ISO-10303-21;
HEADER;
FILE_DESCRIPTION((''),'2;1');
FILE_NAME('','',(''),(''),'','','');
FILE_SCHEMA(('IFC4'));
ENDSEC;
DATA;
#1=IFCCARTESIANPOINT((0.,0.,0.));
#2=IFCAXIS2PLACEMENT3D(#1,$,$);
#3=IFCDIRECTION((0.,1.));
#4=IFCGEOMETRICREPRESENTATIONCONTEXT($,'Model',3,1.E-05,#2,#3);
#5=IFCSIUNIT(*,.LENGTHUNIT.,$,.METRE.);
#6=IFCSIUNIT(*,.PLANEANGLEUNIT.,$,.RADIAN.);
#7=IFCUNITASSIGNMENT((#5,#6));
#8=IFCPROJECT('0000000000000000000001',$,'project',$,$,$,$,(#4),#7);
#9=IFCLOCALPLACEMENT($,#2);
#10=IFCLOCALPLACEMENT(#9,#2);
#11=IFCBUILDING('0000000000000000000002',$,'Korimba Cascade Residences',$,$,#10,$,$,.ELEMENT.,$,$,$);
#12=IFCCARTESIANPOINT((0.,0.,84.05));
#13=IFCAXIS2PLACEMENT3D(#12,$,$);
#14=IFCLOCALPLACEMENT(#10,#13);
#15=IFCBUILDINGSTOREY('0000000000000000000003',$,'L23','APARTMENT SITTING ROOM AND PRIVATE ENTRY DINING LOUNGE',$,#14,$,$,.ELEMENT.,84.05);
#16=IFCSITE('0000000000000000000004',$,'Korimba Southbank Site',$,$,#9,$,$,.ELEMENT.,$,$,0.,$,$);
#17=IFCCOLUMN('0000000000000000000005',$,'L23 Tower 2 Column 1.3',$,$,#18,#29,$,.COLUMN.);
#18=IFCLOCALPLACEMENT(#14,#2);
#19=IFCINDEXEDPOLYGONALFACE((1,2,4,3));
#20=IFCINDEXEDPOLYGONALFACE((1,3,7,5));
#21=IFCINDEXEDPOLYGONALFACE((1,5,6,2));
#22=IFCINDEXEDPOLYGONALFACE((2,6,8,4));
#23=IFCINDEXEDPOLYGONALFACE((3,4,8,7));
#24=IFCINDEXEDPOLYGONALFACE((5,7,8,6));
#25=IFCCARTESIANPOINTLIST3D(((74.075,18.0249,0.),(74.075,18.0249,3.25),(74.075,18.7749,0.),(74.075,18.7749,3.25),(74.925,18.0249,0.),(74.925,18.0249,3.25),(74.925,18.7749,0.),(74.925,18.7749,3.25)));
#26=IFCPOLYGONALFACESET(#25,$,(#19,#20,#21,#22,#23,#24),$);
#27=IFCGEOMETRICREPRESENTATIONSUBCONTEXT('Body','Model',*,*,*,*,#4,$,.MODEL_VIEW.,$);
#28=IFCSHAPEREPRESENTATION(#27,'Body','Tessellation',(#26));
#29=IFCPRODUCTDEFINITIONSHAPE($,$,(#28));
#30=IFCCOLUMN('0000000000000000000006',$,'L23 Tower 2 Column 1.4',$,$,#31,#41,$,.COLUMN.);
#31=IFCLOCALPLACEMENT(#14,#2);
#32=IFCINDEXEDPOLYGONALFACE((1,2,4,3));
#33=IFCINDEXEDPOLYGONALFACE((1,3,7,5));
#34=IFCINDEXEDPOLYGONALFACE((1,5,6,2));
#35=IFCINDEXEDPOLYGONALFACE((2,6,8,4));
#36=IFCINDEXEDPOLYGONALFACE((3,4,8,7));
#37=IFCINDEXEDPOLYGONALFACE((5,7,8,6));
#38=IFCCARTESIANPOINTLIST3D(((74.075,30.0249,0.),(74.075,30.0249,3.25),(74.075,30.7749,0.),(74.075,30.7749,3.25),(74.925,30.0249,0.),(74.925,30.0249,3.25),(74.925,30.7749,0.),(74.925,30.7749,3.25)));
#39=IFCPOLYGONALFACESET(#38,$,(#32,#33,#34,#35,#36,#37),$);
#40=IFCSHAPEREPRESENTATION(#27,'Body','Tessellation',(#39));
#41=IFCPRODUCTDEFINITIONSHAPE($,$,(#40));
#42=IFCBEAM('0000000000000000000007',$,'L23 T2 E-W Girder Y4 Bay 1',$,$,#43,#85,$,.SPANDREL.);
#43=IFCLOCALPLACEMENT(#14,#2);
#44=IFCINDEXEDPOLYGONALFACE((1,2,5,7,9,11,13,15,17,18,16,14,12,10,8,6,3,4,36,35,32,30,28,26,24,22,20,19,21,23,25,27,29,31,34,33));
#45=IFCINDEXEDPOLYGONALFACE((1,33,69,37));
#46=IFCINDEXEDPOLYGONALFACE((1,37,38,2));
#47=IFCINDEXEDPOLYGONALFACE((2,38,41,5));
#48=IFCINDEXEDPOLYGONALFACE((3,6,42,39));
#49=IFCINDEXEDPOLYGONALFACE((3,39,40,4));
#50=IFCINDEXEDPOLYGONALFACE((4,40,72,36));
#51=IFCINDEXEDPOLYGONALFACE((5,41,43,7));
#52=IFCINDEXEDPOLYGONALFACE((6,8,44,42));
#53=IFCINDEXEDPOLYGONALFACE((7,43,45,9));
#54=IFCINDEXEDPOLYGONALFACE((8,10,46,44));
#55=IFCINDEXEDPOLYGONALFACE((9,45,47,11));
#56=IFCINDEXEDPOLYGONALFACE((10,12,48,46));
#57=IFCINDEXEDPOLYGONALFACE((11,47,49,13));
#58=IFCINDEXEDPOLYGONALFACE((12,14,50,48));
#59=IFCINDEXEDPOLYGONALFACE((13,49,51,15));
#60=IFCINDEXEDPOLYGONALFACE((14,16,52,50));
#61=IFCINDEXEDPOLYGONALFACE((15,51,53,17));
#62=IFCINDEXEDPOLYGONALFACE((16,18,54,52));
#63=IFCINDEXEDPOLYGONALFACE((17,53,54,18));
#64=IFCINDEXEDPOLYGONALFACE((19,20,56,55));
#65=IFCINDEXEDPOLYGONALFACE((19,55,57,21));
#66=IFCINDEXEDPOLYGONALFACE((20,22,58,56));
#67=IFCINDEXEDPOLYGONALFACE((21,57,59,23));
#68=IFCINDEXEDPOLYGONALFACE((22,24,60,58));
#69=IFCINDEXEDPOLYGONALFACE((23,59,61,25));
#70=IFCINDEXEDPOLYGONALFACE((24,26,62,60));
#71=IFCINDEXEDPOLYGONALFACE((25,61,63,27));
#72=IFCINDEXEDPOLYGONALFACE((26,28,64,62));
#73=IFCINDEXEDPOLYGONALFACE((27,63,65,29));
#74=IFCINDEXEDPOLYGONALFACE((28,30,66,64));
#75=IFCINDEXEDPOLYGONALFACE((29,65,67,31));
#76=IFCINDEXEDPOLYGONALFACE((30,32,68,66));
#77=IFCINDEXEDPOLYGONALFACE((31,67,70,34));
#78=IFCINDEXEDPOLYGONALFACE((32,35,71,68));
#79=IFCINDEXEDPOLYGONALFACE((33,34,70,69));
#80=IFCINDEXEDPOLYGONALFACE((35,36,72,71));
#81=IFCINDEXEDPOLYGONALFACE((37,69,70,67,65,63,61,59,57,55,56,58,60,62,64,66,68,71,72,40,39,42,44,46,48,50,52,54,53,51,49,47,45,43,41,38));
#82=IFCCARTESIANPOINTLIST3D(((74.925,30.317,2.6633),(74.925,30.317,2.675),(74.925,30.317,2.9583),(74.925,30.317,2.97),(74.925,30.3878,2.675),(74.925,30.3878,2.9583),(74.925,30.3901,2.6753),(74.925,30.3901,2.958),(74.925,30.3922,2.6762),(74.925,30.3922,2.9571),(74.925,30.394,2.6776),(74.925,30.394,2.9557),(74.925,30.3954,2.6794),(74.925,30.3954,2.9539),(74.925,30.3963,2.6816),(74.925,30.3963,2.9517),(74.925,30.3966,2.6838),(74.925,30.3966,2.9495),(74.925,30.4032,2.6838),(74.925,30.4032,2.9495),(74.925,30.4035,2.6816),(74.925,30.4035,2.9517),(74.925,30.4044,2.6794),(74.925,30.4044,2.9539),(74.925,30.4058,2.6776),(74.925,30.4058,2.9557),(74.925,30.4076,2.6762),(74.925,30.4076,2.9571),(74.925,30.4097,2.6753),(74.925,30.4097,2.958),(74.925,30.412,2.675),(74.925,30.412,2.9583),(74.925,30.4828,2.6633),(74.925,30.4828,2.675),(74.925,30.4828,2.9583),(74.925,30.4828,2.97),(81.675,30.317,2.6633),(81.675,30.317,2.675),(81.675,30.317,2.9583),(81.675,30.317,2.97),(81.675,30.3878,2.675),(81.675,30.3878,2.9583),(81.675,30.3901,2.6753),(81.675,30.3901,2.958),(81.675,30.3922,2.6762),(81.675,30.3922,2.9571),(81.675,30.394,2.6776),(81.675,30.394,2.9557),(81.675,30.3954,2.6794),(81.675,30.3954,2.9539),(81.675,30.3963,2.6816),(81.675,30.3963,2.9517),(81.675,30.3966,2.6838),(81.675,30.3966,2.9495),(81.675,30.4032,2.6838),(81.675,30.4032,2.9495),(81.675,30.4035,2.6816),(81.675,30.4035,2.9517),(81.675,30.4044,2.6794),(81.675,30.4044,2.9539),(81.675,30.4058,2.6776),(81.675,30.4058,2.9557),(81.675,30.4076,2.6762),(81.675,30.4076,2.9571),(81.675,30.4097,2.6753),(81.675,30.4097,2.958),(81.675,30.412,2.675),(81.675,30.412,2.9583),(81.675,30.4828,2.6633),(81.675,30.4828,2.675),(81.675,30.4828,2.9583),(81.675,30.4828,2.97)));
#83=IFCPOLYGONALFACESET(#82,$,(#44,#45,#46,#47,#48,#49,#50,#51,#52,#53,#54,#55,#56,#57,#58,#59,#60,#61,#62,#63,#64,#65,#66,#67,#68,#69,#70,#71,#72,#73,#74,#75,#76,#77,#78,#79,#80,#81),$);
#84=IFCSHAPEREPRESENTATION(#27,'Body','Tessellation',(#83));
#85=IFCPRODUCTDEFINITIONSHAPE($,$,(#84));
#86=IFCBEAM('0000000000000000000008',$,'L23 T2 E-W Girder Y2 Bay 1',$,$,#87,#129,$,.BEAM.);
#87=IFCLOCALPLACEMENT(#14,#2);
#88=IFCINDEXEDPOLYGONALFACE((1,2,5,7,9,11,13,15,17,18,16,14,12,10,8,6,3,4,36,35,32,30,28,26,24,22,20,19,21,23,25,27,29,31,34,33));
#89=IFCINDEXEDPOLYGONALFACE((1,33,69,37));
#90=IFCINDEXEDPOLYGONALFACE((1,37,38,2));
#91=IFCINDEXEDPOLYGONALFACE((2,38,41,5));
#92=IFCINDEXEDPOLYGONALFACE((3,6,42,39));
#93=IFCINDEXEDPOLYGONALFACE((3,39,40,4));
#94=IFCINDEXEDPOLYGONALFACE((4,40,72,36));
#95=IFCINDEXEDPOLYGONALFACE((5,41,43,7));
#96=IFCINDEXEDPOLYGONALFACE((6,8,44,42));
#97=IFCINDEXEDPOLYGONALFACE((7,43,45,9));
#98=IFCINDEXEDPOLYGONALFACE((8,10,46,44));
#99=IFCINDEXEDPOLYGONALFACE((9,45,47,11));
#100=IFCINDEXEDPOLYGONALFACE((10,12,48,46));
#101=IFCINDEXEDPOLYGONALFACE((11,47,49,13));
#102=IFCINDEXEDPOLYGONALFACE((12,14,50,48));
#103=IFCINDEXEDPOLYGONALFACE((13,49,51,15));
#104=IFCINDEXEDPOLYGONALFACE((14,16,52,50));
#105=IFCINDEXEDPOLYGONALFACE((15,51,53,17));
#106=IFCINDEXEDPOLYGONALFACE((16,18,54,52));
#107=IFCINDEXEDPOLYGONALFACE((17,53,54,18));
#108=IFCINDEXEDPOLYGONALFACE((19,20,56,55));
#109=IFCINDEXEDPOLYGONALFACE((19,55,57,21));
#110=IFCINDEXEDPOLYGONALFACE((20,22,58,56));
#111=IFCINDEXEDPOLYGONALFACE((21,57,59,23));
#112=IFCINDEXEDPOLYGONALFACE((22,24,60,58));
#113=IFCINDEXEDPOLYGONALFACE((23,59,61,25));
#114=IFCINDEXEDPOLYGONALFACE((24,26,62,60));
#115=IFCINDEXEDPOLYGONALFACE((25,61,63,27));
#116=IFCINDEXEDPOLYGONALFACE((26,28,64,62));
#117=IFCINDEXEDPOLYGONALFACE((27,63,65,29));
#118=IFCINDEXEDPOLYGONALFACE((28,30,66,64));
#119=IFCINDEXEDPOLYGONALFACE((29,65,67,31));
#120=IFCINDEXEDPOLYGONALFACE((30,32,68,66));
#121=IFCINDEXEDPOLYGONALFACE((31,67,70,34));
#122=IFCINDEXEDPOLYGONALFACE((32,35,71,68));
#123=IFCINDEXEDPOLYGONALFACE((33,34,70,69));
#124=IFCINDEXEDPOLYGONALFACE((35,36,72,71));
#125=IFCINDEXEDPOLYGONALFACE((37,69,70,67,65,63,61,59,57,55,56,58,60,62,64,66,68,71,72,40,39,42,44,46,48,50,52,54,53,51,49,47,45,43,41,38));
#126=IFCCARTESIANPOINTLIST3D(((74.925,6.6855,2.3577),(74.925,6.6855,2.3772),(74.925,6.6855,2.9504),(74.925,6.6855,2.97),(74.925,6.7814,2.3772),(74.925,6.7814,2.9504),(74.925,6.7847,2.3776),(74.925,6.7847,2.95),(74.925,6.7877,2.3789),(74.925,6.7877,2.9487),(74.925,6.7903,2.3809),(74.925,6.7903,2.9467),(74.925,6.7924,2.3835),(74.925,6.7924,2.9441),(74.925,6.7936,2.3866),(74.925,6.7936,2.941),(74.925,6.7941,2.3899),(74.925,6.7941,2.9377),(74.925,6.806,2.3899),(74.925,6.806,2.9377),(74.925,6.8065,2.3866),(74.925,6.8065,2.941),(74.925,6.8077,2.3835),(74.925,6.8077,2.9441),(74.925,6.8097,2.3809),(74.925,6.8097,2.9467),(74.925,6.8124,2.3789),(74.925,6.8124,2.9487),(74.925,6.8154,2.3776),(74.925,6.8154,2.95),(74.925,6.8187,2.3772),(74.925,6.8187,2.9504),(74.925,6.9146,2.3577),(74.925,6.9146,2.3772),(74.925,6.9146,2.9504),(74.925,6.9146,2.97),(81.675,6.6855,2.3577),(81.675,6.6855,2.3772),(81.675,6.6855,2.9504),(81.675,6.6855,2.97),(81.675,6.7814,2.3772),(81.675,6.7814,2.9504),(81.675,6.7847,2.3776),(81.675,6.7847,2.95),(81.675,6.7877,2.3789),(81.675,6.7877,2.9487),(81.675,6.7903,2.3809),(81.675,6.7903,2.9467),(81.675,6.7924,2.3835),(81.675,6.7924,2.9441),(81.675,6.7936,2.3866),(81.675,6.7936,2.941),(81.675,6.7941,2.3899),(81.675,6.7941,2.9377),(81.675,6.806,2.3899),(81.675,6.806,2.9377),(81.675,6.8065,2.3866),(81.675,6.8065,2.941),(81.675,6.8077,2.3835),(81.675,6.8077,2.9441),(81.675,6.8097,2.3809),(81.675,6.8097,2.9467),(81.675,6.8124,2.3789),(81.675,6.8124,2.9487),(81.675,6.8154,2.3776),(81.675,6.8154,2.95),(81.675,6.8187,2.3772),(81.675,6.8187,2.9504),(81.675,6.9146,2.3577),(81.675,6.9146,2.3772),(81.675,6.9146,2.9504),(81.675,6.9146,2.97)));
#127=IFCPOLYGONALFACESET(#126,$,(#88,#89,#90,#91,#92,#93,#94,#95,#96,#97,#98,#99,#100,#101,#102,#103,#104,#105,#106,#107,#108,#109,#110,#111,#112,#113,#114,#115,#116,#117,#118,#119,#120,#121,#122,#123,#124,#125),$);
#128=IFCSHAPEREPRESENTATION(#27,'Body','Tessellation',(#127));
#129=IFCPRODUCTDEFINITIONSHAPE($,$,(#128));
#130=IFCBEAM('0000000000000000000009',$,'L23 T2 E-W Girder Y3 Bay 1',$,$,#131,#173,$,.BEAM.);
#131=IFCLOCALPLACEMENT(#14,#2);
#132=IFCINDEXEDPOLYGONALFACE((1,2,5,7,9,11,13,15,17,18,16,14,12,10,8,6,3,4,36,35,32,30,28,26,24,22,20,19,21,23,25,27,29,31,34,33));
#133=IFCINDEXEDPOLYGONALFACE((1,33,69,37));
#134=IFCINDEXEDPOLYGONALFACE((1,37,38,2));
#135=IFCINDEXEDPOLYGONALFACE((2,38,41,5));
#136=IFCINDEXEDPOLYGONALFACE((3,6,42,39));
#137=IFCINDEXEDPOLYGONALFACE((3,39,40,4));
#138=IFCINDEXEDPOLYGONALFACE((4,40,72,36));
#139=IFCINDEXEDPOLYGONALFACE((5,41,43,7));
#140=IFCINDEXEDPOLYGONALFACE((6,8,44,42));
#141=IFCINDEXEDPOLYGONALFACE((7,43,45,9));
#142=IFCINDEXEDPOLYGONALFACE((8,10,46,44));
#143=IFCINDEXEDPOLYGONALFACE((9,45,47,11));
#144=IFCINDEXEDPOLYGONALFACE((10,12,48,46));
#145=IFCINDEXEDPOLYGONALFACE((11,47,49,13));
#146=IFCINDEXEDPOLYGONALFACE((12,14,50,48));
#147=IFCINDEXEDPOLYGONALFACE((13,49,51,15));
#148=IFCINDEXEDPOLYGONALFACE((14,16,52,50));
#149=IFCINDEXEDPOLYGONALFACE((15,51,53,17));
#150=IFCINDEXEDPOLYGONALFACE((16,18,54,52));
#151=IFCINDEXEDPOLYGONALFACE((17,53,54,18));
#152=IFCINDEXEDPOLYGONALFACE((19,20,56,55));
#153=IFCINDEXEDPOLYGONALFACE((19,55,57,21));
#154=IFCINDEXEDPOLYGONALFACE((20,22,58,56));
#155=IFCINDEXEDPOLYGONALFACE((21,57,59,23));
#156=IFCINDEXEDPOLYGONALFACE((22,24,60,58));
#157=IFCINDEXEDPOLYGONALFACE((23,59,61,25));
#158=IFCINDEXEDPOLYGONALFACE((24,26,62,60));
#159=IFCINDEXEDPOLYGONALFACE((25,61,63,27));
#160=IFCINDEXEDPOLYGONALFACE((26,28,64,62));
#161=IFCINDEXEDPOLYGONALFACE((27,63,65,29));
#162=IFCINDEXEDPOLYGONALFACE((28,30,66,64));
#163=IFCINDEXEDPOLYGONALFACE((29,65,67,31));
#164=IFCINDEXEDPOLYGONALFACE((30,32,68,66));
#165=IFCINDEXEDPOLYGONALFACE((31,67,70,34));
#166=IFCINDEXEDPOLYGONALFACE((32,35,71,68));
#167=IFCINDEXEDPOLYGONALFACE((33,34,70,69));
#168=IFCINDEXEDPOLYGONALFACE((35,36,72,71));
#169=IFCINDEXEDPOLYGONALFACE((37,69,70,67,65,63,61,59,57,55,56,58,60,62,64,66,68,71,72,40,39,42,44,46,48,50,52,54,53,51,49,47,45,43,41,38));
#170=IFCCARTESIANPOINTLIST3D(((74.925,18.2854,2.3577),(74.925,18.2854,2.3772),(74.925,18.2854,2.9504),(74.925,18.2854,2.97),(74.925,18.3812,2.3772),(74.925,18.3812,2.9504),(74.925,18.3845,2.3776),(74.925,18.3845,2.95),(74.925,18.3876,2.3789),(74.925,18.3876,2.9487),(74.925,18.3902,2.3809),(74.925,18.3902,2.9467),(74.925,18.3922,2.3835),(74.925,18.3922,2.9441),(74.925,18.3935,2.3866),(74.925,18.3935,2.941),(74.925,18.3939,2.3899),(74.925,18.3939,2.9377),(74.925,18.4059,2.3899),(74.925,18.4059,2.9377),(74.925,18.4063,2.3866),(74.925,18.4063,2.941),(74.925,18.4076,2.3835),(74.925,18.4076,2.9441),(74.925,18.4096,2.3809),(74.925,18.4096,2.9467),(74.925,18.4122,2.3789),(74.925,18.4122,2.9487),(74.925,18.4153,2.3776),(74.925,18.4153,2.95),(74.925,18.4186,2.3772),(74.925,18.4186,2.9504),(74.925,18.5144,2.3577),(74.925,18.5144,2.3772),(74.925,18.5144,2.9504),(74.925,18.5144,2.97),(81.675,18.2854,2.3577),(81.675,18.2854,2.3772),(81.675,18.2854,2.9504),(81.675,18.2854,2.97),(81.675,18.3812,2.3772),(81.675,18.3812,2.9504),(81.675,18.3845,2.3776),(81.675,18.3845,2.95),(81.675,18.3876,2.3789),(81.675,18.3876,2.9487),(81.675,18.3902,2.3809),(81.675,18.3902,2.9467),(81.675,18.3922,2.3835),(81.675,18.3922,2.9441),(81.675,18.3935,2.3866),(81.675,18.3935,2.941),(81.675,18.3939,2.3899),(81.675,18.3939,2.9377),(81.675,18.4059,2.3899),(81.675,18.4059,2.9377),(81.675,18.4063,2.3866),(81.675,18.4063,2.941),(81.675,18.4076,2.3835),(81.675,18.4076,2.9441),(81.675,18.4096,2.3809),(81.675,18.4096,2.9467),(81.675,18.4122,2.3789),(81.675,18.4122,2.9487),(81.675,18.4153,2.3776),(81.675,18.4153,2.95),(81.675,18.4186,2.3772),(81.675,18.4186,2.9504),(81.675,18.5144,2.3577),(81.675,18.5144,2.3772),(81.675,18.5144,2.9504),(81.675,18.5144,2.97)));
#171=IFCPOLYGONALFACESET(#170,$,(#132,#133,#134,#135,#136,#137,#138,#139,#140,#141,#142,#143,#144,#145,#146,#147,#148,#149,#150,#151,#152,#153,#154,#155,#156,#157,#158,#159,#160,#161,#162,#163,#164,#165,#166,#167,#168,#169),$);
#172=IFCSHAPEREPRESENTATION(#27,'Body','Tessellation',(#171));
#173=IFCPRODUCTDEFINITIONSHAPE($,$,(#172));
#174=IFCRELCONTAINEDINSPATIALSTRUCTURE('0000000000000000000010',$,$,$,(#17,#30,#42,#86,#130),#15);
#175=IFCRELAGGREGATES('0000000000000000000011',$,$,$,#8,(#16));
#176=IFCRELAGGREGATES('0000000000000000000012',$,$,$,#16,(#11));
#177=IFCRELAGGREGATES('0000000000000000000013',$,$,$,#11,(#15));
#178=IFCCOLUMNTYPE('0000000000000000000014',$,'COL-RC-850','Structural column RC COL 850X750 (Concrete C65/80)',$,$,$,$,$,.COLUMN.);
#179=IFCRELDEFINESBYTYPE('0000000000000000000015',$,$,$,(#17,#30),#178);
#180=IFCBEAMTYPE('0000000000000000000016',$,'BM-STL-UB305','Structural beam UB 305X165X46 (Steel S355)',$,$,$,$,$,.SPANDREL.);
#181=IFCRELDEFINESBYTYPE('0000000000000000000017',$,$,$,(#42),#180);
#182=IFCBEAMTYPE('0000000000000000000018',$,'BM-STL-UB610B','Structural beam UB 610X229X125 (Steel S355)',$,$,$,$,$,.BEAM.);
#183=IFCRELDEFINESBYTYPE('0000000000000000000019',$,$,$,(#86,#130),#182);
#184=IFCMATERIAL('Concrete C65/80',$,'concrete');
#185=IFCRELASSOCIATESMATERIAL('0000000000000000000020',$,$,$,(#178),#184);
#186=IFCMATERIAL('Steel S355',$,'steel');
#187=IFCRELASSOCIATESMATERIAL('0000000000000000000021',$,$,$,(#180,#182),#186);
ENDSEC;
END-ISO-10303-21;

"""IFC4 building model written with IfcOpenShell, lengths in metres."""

from ifc_helpers import new_model, si_unit, direction, frame, origin, origin_2d, place, context, subcontext, project, spatial, rectangle, i_section, extrude, material, material_profile, profile_set, type_object, element, save


model = new_model("IFC4")

# Units and contexts
model_context = context("Model", 3, precision=1e-05, world=origin(), true_north=direction((0.0, 1.0)))
body_context = subcontext(model_context, "Body", "Model", "MODEL_VIEW")
ifc_project = project(units=[si_unit("LENGTHUNIT", "METRE"), si_unit("PLANEANGLEUNIT", "RADIAN")], contexts=[model_context])

# Site, building, storey
site_placement = place(None, origin())
site = spatial("IfcSite", under=ifc_project, at=site_placement, Name="Korimba Southbank Site", CompositionType="ELEMENT", RefElevation=0.0)
building_placement = place(site_placement, origin())
building = spatial("IfcBuilding", under=site, at=building_placement, Name="Korimba Cascade Residences", CompositionType="ELEMENT")
storey_placement = place(building_placement, frame((0.0, 0.0, 84.05)))
storey = spatial("IfcBuildingStorey", under=building, at=storey_placement, Name="L23", Description="APARTMENT SITTING ROOM AND PRIVATE ENTRY DINING LOUNGE", CompositionType="ELEMENT", Elevation=84.05)

# Columns
ifc_material_1 = material(Name="Concrete C65/80", Category="concrete")
ifc_material_profile_1 = material_profile(ifc_material_1, rectangle(XDim=0.8501, YDim=0.75, at=origin_2d()), Name="Concrete C65/80")
ifc_profile_set_1 = profile_set([ifc_material_profile_1], Name="Concrete C65/80")
column_type = type_object("IfcColumnType", Name="COL-RC-850", Description="Structural column RC COL 850X750 (Concrete C65/80)", PredefinedType="COLUMN", material=ifc_profile_set_1)
for number, where, z_axis, x_axis, name in (
    (1, (74.5, 18.3999, 0.0), (0.0, 0.0, 1.0), (1.0, 0.0, 0.0), "L23 Tower 2 Column 1.3"),
    (2, (74.5, 30.3999, 0.0), (0.0, 0.0, 1.0), (1.0, 0.0, 0.0), "L23 Tower 2 Column 1.4"),
):
    element("IfcColumn", number, at=place(storey_placement, frame(where, z_axis=z_axis, x_axis=x_axis)), inside=storey, type_object=column_type, Name=name, PredefinedType="COLUMN", context=body_context, shape_type="SweptSolid", body=[
        extrude(rectangle(XDim=0.8501, YDim=0.75, at=origin_2d()), origin(), (0.0, 0.0, 1.0), 3.25),
    ])

# Beams
ifc_material_2 = material(Name="Steel S355", Category="steel")
ifc_material_profile_2 = material_profile(ifc_material_2, i_section(OverallWidth=0.1658, OverallDepth=0.3066, WebThickness=0.0066, FlangeThickness=0.0117, FilletRadius=0.0088, at=origin_2d()), Name="Steel S355")
ifc_profile_set_2 = profile_set([ifc_material_profile_2], Name="Steel S355")
beam_type_1 = type_object("IfcBeamType", Name="BM-STL-UB305", Description="Structural beam UB 305X165X46 (Steel S355)", PredefinedType="SPANDREL", material=ifc_profile_set_2)
beam_1_placement = place(storey_placement, frame((74.925, 30.3999, 2.8167), z_axis=(1.0, 0.0, 0.0), x_axis=(0.0, 1.0, 0.0)))
element("IfcBeam", 3, at=beam_1_placement, inside=storey, type_object=beam_type_1, Name="L23 T2 E-W Girder Y4 Bay 1", PredefinedType="SPANDREL", context=body_context, shape_type="SweptSolid", body=[
    extrude(i_section(OverallWidth=0.1658, OverallDepth=0.3066, WebThickness=0.0066, FlangeThickness=0.0117, FilletRadius=0.0088, at=origin_2d()), origin(), (0.0, 0.0, 1.0), 6.75),
])
ifc_material_profile_3 = material_profile(ifc_material_2, i_section(OverallWidth=0.229, OverallDepth=0.6123, WebThickness=0.012, FlangeThickness=0.0195, FilletRadius=0.0127, at=origin_2d()), Name="Steel S355")
ifc_profile_set_3 = profile_set([ifc_material_profile_3], Name="Steel S355")
beam_type_2 = type_object("IfcBeamType", Name="BM-STL-UB610B", Description="Structural beam UB 610X229X125 (Steel S355)", PredefinedType="BEAM", material=ifc_profile_set_3)
for number, where, z_axis, x_axis, name in (
    (4, (74.925, 6.8, 2.6638), (1.0, 0.0, 0.0), (0.0, 1.0, 0.0), "L23 T2 E-W Girder Y2 Bay 1"),
    (5, (74.925, 18.3999, 2.6638), (1.0, 0.0, 0.0), (0.0, 1.0, 0.0), "L23 T2 E-W Girder Y3 Bay 1"),
):
    element("IfcBeam", number, at=place(storey_placement, frame(where, z_axis=z_axis, x_axis=x_axis)), inside=storey, type_object=beam_type_2, Name=name, PredefinedType="BEAM", context=body_context, shape_type="SweptSolid", body=[
        extrude(i_section(OverallWidth=0.229, OverallDepth=0.6123, WebThickness=0.012, FlangeThickness=0.0195, FilletRadius=0.0127, at=origin_2d()), origin(), (0.0, 0.0, 1.0), 6.75),
    ])

save(model, "model.ifc")
